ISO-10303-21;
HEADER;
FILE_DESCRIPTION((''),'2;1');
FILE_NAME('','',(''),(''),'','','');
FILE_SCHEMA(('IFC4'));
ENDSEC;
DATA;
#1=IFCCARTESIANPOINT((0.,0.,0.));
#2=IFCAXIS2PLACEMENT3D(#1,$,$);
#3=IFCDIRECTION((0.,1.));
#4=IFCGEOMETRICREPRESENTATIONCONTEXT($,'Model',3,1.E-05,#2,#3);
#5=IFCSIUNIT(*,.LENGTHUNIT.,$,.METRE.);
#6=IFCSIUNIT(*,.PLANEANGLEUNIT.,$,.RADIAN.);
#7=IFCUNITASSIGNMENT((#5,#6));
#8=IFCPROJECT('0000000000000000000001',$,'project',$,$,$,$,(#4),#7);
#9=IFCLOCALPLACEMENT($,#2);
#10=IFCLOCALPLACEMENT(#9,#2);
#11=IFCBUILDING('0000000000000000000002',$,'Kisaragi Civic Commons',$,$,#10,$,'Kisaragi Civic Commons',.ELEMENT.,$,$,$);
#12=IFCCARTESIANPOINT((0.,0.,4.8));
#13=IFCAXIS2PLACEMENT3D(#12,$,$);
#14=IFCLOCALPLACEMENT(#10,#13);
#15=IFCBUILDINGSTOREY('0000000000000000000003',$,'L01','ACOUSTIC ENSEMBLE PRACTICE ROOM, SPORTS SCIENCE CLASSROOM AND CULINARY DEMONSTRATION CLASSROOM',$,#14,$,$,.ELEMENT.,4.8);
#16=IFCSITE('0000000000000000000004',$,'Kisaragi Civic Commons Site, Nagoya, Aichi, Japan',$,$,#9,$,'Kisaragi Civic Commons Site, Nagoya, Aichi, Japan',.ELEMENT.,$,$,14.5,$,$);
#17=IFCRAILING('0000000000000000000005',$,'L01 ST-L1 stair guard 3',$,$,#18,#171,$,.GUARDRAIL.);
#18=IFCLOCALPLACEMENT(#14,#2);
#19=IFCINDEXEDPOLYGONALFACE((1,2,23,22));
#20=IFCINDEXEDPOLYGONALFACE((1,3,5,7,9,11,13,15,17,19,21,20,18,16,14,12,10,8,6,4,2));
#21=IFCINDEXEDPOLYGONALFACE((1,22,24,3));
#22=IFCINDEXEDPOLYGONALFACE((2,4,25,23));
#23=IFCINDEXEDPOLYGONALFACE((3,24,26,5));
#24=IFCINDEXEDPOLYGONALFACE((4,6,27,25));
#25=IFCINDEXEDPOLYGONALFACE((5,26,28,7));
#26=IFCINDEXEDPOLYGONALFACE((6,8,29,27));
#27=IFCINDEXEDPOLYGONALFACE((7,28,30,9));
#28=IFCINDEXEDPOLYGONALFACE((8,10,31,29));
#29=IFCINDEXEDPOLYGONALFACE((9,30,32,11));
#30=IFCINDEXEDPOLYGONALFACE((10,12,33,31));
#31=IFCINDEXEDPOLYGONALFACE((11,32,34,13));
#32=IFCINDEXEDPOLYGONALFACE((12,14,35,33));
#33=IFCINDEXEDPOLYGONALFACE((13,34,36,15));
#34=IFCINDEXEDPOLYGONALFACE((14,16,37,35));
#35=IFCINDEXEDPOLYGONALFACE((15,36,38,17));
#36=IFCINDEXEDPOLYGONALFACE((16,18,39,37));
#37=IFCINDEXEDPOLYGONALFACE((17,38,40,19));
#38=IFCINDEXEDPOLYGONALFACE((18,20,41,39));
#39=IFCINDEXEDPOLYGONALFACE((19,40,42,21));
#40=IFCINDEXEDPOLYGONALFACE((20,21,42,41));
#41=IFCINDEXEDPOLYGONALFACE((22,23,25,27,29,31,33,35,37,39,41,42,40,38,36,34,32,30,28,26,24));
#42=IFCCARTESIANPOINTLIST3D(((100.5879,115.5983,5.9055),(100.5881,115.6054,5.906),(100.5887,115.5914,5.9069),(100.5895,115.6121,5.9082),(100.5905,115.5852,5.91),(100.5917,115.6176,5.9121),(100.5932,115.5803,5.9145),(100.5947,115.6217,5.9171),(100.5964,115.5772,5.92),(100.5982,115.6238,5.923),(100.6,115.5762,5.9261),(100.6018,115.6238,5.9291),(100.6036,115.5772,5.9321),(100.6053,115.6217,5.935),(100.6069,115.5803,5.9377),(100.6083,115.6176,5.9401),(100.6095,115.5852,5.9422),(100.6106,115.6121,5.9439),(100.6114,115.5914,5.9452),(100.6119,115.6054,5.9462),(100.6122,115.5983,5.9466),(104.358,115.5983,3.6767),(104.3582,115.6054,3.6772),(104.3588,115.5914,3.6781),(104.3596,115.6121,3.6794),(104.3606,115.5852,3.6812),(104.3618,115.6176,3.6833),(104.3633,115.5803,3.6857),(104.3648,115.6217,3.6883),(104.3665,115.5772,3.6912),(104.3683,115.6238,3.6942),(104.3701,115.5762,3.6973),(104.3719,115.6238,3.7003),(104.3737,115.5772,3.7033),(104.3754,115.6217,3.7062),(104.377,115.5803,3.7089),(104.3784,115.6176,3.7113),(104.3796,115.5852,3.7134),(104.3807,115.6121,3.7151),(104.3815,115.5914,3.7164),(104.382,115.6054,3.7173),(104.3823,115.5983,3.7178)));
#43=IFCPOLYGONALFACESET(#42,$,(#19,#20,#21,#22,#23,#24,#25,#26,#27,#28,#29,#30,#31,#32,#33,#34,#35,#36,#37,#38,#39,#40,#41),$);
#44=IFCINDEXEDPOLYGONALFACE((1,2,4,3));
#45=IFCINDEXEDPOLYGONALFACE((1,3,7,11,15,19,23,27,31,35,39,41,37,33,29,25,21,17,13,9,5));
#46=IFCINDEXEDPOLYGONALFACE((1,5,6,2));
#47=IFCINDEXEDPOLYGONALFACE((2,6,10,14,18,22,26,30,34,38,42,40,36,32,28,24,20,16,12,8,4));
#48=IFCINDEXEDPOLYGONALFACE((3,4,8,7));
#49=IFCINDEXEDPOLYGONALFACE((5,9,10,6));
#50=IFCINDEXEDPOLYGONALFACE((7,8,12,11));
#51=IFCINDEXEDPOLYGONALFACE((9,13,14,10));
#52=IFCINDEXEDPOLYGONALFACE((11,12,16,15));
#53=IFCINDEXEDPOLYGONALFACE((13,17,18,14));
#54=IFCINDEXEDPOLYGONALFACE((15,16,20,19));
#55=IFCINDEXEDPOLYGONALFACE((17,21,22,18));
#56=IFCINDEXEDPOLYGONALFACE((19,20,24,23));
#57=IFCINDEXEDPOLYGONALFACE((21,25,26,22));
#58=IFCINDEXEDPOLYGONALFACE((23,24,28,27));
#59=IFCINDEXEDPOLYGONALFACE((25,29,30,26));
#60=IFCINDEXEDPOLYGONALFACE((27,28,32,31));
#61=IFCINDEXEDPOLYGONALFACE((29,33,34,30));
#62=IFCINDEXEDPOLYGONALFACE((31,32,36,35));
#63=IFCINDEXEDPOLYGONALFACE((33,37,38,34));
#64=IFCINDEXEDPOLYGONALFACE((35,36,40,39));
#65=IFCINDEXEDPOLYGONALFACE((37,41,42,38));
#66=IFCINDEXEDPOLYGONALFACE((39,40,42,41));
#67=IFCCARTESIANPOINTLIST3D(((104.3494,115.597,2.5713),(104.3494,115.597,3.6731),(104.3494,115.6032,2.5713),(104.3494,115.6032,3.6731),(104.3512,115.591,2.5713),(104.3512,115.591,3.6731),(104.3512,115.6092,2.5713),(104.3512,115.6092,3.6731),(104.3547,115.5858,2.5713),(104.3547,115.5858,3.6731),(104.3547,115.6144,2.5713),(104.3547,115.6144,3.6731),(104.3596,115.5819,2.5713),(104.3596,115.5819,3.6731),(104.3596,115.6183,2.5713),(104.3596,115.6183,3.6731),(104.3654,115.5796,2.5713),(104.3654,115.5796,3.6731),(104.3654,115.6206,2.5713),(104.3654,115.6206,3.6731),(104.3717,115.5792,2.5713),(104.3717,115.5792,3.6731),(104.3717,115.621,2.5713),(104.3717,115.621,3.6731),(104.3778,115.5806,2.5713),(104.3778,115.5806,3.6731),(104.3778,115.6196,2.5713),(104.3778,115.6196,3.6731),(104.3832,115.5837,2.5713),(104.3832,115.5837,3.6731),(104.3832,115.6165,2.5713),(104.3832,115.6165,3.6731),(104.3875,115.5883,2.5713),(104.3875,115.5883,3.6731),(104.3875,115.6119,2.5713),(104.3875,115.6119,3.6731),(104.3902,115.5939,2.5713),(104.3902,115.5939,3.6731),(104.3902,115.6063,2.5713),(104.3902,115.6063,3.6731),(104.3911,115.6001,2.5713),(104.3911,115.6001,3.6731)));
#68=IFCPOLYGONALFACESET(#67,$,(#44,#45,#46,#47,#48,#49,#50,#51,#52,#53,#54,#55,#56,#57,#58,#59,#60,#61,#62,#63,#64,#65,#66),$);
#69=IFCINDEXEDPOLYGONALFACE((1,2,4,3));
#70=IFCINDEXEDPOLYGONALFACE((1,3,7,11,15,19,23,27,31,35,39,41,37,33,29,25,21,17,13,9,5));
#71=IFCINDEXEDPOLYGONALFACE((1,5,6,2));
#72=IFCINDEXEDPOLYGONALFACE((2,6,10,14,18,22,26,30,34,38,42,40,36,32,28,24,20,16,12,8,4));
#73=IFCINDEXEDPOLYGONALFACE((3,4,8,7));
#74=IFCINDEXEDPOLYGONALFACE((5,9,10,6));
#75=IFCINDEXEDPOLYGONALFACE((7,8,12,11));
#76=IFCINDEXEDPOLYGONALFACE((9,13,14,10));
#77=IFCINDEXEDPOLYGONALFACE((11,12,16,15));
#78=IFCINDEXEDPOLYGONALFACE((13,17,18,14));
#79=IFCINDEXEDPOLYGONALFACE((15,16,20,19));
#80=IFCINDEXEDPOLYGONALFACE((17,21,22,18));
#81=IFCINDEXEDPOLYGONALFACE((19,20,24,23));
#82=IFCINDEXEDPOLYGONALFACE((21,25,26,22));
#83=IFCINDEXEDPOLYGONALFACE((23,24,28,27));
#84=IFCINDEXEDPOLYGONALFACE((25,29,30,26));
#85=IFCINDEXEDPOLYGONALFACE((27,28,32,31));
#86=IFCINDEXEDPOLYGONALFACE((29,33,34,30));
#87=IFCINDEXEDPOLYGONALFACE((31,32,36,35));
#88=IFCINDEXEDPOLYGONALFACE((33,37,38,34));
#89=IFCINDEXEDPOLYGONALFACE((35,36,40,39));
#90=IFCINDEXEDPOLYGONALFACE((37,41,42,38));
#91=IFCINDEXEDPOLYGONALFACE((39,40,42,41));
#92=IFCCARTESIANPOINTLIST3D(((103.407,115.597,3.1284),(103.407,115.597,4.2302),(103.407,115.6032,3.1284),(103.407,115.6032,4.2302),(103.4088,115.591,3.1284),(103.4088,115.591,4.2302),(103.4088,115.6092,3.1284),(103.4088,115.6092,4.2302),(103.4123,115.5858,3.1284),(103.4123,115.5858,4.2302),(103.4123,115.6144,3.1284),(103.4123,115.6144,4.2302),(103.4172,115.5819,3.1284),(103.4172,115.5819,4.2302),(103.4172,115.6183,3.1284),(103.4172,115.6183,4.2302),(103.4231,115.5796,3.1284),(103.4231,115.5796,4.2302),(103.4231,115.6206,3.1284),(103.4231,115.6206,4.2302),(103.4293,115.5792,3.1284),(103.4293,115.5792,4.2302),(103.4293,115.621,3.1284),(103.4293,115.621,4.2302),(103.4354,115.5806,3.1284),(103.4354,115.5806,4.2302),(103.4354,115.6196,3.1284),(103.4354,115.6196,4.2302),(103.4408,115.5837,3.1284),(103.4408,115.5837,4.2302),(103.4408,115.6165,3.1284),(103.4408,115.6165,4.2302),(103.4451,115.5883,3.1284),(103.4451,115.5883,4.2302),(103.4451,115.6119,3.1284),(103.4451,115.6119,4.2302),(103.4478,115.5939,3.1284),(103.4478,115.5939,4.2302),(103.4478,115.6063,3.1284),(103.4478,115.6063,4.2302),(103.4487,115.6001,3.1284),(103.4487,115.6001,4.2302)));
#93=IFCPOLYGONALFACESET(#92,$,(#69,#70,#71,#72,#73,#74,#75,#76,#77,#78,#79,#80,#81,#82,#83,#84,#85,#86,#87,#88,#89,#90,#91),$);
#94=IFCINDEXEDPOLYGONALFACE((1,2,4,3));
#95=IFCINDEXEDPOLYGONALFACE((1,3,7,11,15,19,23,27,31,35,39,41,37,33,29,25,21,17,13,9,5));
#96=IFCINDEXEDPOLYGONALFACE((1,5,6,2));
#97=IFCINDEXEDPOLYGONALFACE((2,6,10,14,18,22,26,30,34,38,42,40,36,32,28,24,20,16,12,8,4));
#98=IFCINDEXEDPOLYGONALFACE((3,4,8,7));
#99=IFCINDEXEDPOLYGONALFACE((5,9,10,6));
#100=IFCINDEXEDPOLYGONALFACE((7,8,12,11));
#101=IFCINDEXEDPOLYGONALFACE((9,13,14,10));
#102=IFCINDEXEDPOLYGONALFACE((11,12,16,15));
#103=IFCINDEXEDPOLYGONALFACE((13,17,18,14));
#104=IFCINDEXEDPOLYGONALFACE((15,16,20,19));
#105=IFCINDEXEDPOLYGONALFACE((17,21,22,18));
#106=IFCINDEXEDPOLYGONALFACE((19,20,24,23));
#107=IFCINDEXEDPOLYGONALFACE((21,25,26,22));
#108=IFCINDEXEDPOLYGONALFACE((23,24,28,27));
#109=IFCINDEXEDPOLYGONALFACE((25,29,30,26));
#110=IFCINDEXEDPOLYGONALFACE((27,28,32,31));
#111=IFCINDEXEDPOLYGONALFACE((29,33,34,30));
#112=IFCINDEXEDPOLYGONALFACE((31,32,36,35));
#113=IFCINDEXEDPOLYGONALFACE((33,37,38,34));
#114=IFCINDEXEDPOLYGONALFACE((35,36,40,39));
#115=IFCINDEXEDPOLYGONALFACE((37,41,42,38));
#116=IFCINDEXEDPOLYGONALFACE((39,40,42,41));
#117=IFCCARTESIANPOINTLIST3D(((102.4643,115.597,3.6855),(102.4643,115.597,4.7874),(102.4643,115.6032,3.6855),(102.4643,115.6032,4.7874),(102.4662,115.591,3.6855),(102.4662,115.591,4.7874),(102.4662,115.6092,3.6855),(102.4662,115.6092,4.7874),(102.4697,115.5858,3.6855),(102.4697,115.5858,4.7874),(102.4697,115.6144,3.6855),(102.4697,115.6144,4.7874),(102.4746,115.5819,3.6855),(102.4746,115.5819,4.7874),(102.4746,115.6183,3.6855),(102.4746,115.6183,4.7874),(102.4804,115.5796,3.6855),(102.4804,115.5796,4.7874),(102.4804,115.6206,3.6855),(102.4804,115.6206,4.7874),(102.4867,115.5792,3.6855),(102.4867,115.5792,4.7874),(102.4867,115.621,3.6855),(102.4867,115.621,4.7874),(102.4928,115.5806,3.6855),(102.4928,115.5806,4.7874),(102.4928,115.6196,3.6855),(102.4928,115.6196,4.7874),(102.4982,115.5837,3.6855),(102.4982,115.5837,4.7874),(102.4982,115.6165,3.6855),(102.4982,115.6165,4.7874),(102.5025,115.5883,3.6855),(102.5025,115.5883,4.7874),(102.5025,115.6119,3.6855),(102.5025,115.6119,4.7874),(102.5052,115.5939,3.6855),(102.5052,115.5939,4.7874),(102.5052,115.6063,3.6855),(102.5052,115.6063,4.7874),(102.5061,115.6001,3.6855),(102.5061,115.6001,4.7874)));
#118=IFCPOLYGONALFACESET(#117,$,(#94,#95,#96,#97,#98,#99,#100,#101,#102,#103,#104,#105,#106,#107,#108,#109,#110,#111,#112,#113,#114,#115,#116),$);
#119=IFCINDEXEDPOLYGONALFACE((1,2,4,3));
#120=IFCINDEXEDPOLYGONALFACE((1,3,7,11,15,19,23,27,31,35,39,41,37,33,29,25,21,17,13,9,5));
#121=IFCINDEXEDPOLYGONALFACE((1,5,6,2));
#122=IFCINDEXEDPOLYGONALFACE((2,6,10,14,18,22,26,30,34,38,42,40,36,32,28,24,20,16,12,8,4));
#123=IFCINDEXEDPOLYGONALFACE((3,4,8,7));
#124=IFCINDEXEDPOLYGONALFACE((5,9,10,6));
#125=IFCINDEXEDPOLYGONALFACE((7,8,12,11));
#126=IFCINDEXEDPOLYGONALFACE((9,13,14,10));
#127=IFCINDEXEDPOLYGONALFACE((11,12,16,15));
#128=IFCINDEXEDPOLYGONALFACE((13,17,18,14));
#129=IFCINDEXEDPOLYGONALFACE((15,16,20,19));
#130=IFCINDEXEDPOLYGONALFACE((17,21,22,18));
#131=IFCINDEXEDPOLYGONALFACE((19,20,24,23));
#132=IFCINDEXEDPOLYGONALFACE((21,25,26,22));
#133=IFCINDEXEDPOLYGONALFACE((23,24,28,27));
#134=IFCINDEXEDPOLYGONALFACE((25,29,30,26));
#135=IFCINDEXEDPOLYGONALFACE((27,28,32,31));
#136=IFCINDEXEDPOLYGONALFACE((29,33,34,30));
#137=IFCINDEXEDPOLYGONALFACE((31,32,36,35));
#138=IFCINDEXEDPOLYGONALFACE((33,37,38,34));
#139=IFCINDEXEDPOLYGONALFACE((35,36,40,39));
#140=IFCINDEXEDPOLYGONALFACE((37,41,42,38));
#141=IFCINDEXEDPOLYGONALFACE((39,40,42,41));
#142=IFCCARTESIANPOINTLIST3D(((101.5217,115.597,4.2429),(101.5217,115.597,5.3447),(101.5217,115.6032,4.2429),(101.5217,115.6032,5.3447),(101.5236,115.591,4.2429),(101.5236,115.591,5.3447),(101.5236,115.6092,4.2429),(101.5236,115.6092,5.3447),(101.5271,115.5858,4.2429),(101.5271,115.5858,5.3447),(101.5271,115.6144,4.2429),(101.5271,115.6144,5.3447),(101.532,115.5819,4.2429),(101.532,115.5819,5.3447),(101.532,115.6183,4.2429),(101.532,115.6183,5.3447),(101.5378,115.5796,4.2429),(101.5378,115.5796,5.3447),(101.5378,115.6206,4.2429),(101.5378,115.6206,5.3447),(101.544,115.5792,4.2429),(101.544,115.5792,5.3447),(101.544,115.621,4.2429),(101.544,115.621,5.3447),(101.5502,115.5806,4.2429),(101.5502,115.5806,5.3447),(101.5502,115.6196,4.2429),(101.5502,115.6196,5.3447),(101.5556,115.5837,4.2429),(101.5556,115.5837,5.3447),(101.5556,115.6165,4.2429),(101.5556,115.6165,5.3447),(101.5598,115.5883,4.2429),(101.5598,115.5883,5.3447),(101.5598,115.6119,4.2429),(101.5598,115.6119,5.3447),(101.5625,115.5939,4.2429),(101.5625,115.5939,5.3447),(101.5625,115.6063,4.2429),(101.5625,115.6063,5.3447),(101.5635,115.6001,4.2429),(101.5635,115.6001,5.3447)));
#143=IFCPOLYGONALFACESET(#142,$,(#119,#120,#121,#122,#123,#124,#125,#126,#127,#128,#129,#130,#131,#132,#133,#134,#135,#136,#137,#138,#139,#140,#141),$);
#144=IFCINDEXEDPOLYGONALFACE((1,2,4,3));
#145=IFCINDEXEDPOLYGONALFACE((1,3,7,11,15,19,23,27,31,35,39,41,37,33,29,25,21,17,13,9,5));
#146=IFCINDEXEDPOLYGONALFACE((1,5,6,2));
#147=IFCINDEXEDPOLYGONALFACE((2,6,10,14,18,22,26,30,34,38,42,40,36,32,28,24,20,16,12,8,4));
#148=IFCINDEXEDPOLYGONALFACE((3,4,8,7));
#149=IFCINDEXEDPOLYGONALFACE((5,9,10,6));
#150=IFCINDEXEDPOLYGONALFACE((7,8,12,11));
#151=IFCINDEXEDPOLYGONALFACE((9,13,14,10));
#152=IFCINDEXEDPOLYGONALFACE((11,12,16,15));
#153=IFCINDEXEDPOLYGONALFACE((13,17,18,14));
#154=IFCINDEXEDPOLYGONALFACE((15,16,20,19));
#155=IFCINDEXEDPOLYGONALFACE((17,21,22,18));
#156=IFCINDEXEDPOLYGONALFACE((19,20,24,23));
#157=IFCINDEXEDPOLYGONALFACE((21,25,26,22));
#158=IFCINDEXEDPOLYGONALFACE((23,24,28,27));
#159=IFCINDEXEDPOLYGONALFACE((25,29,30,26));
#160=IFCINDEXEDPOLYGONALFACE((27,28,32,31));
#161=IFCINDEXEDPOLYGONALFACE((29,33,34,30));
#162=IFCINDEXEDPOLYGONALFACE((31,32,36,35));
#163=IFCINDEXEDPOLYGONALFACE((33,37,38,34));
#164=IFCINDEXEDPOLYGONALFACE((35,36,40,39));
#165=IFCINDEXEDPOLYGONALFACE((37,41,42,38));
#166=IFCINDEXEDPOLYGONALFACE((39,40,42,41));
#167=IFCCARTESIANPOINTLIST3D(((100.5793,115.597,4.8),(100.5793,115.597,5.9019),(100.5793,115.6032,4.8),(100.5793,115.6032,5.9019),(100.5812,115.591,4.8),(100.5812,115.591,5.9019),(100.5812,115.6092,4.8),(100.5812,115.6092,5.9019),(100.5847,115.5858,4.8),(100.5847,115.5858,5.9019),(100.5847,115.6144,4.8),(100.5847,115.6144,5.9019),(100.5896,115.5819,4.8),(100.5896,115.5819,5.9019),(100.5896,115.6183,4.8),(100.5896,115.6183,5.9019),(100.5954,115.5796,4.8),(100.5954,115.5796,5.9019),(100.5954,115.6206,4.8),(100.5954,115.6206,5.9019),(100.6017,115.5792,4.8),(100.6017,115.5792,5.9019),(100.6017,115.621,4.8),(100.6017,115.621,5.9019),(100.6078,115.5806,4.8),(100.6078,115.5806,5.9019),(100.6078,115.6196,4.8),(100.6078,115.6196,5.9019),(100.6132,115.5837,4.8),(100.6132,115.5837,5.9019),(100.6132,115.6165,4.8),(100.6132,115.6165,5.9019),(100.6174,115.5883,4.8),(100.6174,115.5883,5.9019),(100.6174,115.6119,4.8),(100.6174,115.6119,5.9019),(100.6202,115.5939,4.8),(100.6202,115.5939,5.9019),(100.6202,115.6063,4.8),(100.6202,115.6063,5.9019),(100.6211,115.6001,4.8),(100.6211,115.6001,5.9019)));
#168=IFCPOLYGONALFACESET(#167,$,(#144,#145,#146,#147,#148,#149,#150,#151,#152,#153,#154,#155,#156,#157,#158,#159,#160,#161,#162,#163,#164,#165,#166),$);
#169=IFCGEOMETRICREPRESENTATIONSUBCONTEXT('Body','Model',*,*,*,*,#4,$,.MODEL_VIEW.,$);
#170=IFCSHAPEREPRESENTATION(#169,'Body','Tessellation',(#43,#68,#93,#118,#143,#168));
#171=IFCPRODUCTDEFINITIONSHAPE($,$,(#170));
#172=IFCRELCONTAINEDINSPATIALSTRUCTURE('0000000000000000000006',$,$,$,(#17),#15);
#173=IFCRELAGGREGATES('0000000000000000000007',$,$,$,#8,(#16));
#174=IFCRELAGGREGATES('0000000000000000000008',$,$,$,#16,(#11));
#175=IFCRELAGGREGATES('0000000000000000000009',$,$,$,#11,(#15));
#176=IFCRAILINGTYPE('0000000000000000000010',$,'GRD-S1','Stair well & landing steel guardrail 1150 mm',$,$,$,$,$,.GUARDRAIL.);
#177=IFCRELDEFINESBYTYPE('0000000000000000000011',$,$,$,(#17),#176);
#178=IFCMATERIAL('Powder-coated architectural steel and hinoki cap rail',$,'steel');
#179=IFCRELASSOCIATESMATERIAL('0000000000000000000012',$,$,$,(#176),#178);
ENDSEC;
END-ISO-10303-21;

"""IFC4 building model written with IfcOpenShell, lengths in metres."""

from ifc_helpers import new_model, si_unit, direction, frame, origin, origin_2d, place, context, subcontext, project, spatial, circle, extrude, material, type_object, element, save


model = new_model("IFC4")

# Units and contexts
model_context = context("Model", 3, precision=1e-05, world=origin(), true_north=direction((0.0, 1.0)))
body_context = subcontext(model_context, "Body", "Model", "MODEL_VIEW")
ifc_project = project(units=[si_unit("LENGTHUNIT", "METRE"), si_unit("PLANEANGLEUNIT", "RADIAN")], contexts=[model_context])

# Site, building, storey
site_placement = place(None, origin())
site = spatial("IfcSite", under=ifc_project, at=site_placement, Name="Kisaragi Civic Commons Site, Nagoya, Aichi, Japan", LongName="Kisaragi Civic Commons Site, Nagoya, Aichi, Japan", CompositionType="ELEMENT", RefElevation=14.5)
building_placement = place(site_placement, origin())
building = spatial("IfcBuilding", under=site, at=building_placement, Name="Kisaragi Civic Commons", LongName="Kisaragi Civic Commons", CompositionType="ELEMENT")
storey_placement = place(building_placement, frame((0.0, 0.0, 4.8)))
storey = spatial("IfcBuildingStorey", under=building, at=storey_placement, Name="L01", Description="ACOUSTIC ENSEMBLE PRACTICE ROOM, SPORTS SCIENCE CLASSROOM AND CULINARY DEMONSTRATION CLASSROOM", CompositionType="ELEMENT", Elevation=4.8)

# Railing
ifc_material_1 = material(Name="Powder-coated architectural steel and hinoki cap rail", Category="steel")
railing_type_1 = type_object("IfcRailingType", Name="GRD-S1", Description="Stair well & landing steel guardrail 1150 mm", PredefinedType="GUARDRAIL", material=ifc_material_1)
railing_1_placement = place(storey_placement, frame((104.3701, 115.6001, 2.5713)))
element("IfcRailing", 1, at=railing_1_placement, inside=storey, type_object=railing_type_1, Name="L01 ST-L1 stair guard 3", PredefinedType="GUARDRAIL", context=body_context, shape_type="SweptSolid", body=[
    extrude(circle(Radius=0.0239, at=origin_2d()), frame((0.0, 0.0, 1.126), z_axis=(-0.860824, 0.0, 0.508902), x_axis=(0.0, -1.0, 0.0)), (0.0, 0.0, 1.0), 4.3796),
    extrude(circle(Radius=0.021, at=origin_2d()), origin(), (0.0, 0.0, 1.0), 1.1018),
    extrude(circle(Radius=0.021, at=origin_2d()), frame((-0.9424, 0.0, 0.5571)), (0.0, 0.0, 1.0), 1.1018),
    extrude(circle(Radius=0.021, at=origin_2d()), frame((-1.885, 0.0, 1.1143)), (0.0, 0.0, 1.0), 1.1018),
    extrude(circle(Radius=0.021, at=origin_2d()), frame((-2.8276, 0.0, 1.6716)), (0.0, 0.0, 1.0), 1.1018),
    extrude(circle(Radius=0.021, at=origin_2d()), frame((-3.77, 0.0, 2.2288)), (0.0, 0.0, 1.0), 1.1018),
])

save(model, "model.ifc")
